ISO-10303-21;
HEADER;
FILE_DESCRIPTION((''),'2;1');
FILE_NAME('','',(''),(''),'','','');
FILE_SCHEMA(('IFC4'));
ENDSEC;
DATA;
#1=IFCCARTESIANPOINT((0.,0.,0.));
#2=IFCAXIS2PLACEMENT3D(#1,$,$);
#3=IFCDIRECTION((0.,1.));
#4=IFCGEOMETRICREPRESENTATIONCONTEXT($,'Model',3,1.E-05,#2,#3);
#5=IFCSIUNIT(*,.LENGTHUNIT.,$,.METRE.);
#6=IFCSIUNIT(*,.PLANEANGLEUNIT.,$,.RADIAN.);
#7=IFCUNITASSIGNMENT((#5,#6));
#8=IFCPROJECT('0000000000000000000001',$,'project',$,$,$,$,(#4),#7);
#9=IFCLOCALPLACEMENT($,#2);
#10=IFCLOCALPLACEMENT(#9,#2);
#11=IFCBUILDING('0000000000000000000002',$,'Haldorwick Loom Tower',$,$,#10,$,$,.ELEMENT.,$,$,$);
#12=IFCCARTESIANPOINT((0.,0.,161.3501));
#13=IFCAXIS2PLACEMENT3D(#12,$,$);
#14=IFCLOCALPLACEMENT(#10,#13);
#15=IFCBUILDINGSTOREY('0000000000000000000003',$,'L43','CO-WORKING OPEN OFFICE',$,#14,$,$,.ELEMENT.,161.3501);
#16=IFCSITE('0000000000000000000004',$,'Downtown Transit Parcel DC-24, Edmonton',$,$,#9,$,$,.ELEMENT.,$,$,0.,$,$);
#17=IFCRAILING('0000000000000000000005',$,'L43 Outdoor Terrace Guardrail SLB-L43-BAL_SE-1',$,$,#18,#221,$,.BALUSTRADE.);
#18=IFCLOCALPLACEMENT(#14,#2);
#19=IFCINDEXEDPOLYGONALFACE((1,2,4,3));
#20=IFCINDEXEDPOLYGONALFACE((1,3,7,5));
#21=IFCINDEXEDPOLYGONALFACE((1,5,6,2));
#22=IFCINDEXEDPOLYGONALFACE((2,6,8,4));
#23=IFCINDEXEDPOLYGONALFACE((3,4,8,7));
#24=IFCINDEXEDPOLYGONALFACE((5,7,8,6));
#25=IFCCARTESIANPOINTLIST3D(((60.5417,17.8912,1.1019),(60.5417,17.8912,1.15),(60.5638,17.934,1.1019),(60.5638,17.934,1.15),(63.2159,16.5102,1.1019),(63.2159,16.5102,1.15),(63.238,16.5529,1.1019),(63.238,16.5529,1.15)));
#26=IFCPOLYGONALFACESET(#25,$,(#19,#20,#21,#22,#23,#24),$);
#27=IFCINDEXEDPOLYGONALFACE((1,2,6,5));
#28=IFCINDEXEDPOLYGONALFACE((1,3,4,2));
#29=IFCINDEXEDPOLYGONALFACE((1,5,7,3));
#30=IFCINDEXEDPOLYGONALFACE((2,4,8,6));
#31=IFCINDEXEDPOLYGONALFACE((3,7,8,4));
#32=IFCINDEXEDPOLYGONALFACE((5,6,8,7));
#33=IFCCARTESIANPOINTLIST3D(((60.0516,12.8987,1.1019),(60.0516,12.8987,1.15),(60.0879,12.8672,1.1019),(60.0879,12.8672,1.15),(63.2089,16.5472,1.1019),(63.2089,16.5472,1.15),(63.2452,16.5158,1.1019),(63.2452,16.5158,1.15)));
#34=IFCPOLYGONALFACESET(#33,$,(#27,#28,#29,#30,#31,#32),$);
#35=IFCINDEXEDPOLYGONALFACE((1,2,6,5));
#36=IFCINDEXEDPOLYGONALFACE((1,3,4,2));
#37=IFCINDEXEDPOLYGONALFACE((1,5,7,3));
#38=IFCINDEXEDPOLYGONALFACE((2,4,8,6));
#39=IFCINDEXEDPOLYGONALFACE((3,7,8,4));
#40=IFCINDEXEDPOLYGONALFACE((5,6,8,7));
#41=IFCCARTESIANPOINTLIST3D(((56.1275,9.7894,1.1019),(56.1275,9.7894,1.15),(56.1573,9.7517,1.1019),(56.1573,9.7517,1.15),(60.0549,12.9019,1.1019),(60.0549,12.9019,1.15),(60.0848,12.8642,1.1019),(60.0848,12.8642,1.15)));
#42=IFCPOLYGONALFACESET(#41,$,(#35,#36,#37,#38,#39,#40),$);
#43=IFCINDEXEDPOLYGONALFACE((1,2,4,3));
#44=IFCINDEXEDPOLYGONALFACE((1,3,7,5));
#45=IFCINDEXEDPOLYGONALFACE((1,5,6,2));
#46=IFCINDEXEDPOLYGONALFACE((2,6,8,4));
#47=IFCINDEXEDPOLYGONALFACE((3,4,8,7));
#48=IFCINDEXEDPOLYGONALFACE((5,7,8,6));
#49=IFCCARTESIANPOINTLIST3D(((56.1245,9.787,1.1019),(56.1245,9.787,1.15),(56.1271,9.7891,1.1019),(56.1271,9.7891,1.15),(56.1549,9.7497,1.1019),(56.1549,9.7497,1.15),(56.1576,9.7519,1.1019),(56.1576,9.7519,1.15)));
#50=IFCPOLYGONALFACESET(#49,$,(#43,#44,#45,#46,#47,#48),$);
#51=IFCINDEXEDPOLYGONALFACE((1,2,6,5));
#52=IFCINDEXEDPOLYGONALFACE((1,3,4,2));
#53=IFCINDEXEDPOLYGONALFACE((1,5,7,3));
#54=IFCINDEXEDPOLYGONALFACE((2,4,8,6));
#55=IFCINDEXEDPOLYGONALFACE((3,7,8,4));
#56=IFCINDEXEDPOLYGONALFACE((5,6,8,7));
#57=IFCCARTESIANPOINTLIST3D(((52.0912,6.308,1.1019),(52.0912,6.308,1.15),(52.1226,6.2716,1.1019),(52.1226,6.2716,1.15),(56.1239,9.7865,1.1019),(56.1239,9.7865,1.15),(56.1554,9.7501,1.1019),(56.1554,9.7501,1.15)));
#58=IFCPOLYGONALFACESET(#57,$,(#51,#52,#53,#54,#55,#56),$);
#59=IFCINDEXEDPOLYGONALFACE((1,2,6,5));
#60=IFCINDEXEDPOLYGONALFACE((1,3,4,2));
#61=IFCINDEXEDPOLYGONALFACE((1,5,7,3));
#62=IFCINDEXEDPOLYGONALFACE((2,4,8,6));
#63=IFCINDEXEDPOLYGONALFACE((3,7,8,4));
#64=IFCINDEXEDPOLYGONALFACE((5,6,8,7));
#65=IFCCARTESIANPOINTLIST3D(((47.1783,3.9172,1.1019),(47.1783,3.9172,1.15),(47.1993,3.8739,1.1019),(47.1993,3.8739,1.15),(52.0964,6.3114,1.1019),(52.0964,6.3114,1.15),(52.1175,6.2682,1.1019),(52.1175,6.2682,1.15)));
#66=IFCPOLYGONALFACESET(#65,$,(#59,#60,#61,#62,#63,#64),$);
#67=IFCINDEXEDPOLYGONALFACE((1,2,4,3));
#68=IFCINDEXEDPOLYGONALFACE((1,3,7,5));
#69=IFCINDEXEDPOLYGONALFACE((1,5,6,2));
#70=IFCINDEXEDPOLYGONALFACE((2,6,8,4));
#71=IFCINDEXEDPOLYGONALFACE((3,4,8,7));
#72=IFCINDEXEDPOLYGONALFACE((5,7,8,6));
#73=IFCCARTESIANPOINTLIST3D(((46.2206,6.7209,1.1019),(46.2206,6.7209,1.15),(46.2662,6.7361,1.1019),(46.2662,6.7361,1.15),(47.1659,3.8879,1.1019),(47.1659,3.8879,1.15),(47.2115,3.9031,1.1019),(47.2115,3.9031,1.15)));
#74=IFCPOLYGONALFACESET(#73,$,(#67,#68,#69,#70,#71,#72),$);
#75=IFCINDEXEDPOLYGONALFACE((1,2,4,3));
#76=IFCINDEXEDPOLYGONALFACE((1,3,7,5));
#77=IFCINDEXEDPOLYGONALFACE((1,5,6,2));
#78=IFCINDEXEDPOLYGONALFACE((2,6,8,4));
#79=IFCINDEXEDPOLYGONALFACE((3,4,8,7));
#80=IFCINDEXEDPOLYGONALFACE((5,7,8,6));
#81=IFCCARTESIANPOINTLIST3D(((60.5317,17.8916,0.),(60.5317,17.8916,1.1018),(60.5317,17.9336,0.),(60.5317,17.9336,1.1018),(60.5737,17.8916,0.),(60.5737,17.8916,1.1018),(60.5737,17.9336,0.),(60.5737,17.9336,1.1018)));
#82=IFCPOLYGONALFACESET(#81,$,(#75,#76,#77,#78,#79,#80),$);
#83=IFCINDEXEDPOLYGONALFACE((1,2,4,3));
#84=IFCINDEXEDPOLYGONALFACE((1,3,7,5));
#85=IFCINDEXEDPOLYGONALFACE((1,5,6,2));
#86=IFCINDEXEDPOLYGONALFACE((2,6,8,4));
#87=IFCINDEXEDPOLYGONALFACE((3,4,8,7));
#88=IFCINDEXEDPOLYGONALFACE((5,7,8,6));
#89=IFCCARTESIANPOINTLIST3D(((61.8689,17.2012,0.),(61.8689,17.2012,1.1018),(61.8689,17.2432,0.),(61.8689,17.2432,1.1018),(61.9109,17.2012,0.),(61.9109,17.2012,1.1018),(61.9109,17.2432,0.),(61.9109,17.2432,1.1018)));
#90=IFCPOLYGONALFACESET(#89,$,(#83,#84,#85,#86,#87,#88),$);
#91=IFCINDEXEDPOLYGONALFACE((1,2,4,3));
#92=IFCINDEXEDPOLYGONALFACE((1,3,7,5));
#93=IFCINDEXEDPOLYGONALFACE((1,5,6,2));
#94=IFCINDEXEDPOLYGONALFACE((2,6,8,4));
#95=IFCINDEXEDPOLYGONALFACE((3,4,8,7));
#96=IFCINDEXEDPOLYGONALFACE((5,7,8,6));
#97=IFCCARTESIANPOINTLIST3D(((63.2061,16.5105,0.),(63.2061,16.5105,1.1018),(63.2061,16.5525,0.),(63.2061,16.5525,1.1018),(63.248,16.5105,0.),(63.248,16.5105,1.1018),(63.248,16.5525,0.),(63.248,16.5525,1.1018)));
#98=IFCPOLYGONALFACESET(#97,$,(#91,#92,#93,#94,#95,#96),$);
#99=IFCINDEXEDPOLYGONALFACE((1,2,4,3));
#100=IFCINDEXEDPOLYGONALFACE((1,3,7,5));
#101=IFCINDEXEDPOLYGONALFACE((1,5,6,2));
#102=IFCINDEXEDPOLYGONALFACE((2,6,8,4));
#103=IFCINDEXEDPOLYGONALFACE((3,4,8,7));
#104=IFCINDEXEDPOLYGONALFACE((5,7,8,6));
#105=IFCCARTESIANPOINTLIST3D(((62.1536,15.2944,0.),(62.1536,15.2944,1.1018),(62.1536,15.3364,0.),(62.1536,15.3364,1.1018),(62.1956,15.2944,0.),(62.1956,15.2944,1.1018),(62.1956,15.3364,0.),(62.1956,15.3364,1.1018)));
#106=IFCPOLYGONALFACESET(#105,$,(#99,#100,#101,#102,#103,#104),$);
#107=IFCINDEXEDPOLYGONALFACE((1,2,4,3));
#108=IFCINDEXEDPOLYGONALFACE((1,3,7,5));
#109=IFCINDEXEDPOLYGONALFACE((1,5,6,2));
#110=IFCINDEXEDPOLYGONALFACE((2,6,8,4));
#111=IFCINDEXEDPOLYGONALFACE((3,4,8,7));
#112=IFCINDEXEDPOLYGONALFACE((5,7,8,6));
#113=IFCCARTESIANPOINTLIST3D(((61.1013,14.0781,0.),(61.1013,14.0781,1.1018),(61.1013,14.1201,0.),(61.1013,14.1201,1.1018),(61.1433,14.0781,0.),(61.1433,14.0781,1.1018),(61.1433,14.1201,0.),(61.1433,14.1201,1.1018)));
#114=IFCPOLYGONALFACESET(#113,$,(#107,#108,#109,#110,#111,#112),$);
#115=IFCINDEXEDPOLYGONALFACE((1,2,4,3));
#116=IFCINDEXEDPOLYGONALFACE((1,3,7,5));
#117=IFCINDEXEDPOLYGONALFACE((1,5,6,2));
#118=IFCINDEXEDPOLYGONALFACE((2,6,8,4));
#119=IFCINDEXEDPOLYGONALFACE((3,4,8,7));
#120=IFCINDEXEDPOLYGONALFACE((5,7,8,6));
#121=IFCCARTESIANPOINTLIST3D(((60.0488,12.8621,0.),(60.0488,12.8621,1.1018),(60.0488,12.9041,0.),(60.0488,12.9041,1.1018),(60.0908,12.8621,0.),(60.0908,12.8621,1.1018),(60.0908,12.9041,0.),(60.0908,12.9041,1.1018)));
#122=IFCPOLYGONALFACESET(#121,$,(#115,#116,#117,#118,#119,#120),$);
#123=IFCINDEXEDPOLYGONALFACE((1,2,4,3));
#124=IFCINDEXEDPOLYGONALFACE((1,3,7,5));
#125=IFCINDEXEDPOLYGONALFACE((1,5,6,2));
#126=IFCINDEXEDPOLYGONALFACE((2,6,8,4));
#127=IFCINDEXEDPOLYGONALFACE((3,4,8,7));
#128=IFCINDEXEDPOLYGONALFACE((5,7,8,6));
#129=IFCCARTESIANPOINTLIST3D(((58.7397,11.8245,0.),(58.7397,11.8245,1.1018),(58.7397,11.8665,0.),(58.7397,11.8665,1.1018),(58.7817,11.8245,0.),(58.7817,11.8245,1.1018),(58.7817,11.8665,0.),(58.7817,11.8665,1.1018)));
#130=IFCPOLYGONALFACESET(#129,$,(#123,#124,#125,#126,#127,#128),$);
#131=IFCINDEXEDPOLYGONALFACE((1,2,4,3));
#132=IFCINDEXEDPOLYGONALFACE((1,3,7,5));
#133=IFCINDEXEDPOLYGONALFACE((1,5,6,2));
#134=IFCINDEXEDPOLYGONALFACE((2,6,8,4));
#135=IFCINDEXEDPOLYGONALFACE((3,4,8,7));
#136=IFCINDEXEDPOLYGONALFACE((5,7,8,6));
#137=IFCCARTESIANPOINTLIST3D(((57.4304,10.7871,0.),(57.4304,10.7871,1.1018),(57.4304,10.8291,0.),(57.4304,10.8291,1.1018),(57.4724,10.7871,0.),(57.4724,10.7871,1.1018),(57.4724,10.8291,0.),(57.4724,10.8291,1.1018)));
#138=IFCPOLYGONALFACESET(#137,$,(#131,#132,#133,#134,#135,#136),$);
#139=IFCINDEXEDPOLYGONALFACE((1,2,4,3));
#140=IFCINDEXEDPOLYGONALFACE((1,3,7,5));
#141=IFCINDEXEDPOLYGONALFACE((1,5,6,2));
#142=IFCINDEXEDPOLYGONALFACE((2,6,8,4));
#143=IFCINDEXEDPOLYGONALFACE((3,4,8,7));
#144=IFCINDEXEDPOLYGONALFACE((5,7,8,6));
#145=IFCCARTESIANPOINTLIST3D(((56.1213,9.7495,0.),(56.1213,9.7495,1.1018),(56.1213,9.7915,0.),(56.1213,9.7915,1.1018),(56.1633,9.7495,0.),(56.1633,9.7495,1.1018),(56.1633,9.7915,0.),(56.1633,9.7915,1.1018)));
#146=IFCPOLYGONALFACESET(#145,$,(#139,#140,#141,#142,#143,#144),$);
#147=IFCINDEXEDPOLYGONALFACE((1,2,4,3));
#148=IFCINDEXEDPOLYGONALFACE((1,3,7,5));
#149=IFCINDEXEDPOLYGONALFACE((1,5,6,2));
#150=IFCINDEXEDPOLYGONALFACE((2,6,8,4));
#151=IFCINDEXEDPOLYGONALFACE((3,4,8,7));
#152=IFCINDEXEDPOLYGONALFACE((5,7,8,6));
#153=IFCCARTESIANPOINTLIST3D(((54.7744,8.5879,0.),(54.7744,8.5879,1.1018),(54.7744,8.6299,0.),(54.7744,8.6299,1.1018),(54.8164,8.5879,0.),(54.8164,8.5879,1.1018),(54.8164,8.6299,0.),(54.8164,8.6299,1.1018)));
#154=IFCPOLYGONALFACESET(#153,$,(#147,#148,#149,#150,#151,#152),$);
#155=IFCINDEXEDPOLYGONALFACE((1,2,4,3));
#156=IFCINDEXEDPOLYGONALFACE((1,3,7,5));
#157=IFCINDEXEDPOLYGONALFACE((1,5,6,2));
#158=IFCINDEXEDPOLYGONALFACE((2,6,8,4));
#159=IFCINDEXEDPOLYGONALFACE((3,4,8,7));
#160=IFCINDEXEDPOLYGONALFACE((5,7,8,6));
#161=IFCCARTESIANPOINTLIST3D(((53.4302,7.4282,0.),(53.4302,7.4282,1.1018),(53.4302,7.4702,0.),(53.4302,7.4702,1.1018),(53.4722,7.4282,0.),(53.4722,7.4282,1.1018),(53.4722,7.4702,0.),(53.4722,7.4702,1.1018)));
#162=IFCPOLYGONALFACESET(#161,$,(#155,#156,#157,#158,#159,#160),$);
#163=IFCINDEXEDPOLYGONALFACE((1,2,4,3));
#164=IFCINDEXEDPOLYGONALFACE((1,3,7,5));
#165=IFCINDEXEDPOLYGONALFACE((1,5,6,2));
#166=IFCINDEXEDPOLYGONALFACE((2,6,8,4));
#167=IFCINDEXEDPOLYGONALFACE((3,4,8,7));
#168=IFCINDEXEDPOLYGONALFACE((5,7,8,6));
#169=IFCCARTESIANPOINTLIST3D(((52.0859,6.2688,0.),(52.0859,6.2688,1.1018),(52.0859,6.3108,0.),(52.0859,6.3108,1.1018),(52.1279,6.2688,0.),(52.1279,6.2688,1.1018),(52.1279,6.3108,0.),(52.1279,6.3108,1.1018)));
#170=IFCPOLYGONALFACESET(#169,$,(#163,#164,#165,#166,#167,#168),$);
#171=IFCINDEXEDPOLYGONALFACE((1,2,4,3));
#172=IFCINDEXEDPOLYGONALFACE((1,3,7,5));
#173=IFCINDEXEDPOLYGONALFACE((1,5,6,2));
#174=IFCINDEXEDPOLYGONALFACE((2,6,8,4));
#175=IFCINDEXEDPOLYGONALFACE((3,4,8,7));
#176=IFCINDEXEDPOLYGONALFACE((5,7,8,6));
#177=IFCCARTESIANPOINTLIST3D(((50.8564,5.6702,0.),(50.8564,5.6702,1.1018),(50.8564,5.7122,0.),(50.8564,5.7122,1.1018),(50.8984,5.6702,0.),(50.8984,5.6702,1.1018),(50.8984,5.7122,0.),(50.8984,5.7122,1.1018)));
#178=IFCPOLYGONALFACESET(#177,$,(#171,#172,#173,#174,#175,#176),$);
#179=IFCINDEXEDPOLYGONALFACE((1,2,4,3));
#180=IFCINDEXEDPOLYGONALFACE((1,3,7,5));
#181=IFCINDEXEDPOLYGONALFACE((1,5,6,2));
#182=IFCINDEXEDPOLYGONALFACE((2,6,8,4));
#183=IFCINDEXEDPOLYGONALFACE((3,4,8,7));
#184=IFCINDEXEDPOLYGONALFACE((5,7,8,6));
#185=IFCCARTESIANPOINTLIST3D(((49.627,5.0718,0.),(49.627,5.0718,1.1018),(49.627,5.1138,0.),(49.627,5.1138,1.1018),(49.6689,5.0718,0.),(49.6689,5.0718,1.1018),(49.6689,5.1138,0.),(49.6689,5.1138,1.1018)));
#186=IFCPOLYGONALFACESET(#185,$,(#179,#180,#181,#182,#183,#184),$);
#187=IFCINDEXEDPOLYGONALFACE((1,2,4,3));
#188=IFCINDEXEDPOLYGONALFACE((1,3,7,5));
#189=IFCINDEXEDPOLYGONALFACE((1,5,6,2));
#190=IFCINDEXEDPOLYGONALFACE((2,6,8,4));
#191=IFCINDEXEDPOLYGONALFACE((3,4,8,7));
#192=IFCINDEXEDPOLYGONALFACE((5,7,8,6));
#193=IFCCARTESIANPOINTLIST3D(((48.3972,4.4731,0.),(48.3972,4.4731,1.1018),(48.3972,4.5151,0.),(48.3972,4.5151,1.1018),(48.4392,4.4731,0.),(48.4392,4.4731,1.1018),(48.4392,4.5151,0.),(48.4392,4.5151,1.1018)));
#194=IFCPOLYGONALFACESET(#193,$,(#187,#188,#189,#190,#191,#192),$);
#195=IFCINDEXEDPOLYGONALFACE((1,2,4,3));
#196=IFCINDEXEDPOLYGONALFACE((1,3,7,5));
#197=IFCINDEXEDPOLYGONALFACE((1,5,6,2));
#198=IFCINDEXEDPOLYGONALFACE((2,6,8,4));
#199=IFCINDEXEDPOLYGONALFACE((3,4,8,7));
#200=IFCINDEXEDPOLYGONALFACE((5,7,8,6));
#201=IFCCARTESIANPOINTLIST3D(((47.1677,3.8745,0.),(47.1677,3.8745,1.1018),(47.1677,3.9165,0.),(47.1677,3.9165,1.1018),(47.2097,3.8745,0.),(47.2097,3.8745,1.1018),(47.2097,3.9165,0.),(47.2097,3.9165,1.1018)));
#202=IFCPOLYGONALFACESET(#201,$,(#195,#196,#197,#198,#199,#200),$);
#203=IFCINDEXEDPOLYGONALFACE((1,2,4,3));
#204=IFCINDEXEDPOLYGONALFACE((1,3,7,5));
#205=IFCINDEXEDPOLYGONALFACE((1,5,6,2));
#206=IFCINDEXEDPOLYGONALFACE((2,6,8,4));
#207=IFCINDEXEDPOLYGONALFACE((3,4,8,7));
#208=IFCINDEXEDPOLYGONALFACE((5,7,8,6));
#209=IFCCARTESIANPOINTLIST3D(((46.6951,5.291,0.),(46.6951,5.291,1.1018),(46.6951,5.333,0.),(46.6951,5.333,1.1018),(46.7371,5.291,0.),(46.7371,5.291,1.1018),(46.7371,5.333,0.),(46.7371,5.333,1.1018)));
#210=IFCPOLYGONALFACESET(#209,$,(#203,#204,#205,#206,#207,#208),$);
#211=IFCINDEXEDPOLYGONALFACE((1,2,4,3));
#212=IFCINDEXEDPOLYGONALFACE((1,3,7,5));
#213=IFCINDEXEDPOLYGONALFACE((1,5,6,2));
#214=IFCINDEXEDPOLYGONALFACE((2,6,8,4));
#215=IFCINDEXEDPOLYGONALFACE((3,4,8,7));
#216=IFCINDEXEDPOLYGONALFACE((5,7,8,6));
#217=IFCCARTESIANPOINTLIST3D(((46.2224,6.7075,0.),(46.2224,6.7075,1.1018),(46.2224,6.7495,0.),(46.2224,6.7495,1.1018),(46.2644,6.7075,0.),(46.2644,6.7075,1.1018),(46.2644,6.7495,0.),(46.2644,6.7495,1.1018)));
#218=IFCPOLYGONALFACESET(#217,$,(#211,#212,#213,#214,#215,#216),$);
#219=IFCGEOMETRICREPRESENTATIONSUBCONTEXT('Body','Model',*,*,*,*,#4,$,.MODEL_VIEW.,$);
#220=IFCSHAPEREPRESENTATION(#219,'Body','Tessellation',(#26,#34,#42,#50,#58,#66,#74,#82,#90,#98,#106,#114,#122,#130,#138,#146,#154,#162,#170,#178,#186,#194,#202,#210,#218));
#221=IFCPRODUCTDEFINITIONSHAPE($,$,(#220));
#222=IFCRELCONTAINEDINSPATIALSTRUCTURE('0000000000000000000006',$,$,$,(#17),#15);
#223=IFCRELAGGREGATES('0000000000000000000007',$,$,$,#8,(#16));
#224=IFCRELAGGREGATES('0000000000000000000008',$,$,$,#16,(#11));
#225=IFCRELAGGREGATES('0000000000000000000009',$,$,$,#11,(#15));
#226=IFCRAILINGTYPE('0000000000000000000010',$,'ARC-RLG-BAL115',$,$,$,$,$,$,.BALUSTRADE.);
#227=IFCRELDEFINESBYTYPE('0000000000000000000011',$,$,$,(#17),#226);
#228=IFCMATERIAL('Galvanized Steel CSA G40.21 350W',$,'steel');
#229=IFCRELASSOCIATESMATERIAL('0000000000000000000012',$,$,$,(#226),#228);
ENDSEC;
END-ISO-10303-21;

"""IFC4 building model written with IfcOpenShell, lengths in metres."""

from ifc_helpers import new_model, si_unit, direction, frame, origin, origin_2d, place, context, subcontext, project, spatial, rectangle, extrude, material, type_object, element, save


model = new_model("IFC4")

# Units and contexts
model_context = context("Model", 3, precision=1e-05, world=origin(), true_north=direction((0.0, 1.0)))
body_context = subcontext(model_context, "Body", "Model", "MODEL_VIEW")
ifc_project = project(units=[si_unit("LENGTHUNIT", "METRE"), si_unit("PLANEANGLEUNIT", "RADIAN")], contexts=[model_context])

# Site, building, storey
site_placement = place(None, origin())
site = spatial("IfcSite", under=ifc_project, at=site_placement, Name="Downtown Transit Parcel DC-24, Edmonton", CompositionType="ELEMENT", RefElevation=0.0)
building_placement = place(site_placement, origin())
building = spatial("IfcBuilding", under=site, at=building_placement, Name="Haldorwick Loom Tower", CompositionType="ELEMENT")
storey_placement = place(building_placement, frame((0.0, 0.0, 161.3501)))
storey = spatial("IfcBuildingStorey", under=building, at=storey_placement, Name="L43", Description="CO-WORKING OPEN OFFICE", CompositionType="ELEMENT", Elevation=161.3501)

# Railing
ifc_material_1 = material(Name="Galvanized Steel CSA G40.21 350W", Category="steel")
railing_type = type_object("IfcRailingType", Name="ARC-RLG-BAL115", PredefinedType="BALUSTRADE", material=ifc_material_1)
railing_placement = place(storey_placement, frame((60.5527, 17.9126, 0.0)))
element("IfcRailing", 1, at=railing_placement, inside=storey, type_object=railing_type, Name="L43 Outdoor Terrace Guardrail SLB-L43-BAL_SE-1", PredefinedType="BALUSTRADE", context=body_context, shape_type="SweptSolid", body=[
    extrude(rectangle(XDim=0.0481, YDim=0.0481, at=origin_2d()), frame((0.0, 0.0, 1.126), z_axis=(0.888511, -0.458856, 0.0), x_axis=(0.458856, 0.888511, 0.0)), (0.0, 0.0, 1.0), 3.0098),
    extrude(rectangle(XDim=0.0481, YDim=0.0481, at=origin_2d()), frame((2.6743, -1.3811, 1.126), z_axis=(-0.654368, -0.756176, 0.0), x_axis=(0.756176, -0.654368, 0.0)), (0.0, 0.0, 1.0), 4.825),
    extrude(rectangle(XDim=0.0481, YDim=0.0481, at=origin_2d()), frame((-0.4829, -5.0295, 1.126), z_axis=(-0.783727, -0.621106, 0.0), x_axis=(0.621106, -0.783727, 0.0)), (0.0, 0.0, 1.0), 5.0112),
    extrude(rectangle(XDim=0.0481, YDim=0.0481, at=origin_2d()), frame((-4.4104, -8.1421, 1.126), z_axis=(-0.773957, -0.633238, 0.0), x_axis=(0.633238, -0.773957, 0.0)), (0.0, 0.0, 1.0), 0.0034),
    extrude(rectangle(XDim=0.0481, YDim=0.0481, at=origin_2d()), frame((-4.4131, -8.1443, 1.126), z_axis=(-0.757221, -0.653159, 0.0), x_axis=(0.653159, -0.757221, 0.0)), (0.0, 0.0, 1.0), 5.3257),
    extrude(rectangle(XDim=0.0481, YDim=0.0481, at=origin_2d()), frame((-8.4458, -11.6228, 1.126), z_axis=(-0.899117, -0.437709, 0.0), x_axis=(0.437709, -0.899117, 0.0)), (0.0, 0.0, 1.0), 5.47),
    extrude(rectangle(XDim=0.0481, YDim=0.0481, at=origin_2d()), frame((-13.364, -14.0171, 1.126), z_axis=(-0.316522, 0.948585, 0.0), x_axis=(-0.948585, -0.316522, 0.0)), (0.0, 0.0, 1.0), 2.9866),
    extrude(rectangle(XDim=0.042, YDim=0.042, at=origin_2d()), origin(), (0.0, 0.0, 1.0), 1.1018),
    extrude(rectangle(XDim=0.042, YDim=0.042, at=origin_2d()), frame((1.3372, -0.6904, 0.0)), (0.0, 0.0, 1.0), 1.1018),
    extrude(rectangle(XDim=0.042, YDim=0.042, at=origin_2d()), frame((2.6743, -1.3811, 0.0)), (0.0, 0.0, 1.0), 1.1018),
    extrude(rectangle(XDim=0.042, YDim=0.042, at=origin_2d()), frame((1.6218, -2.5972, 0.0)), (0.0, 0.0, 1.0), 1.1018),
    extrude(rectangle(XDim=0.042, YDim=0.042, at=origin_2d()), frame((0.5696, -3.8135, 0.0)), (0.0, 0.0, 1.0), 1.1018),
    extrude(rectangle(XDim=0.042, YDim=0.042, at=origin_2d()), frame((-0.4829, -5.0295, 0.0)), (0.0, 0.0, 1.0), 1.1018),
    extrude(rectangle(XDim=0.042, YDim=0.042, at=origin_2d()), frame((-1.792, -6.0671, 0.0)), (0.0, 0.0, 1.0), 1.1018),
    extrude(rectangle(XDim=0.042, YDim=0.042, at=origin_2d()), frame((-3.1013, -7.1045, 0.0)), (0.0, 0.0, 1.0), 1.1018),
    extrude(rectangle(XDim=0.042, YDim=0.042, at=origin_2d()), frame((-4.4104, -8.1421, 0.0)), (0.0, 0.0, 1.0), 1.1018),
    extrude(rectangle(XDim=0.042, YDim=0.042, at=origin_2d()), frame((-5.7573, -9.3037, 0.0)), (0.0, 0.0, 1.0), 1.1018),
    extrude(rectangle(XDim=0.042, YDim=0.042, at=origin_2d()), frame((-7.1016, -10.4634, 0.0)), (0.0, 0.0, 1.0), 1.1018),
    extrude(rectangle(XDim=0.042, YDim=0.042, at=origin_2d()), frame((-8.4458, -11.6228, 0.0)), (0.0, 0.0, 1.0), 1.1018),
    extrude(rectangle(XDim=0.042, YDim=0.042, at=origin_2d()), frame((-9.6753, -12.2214, 0.0)), (0.0, 0.0, 1.0), 1.1018),
    extrude(rectangle(XDim=0.042, YDim=0.042, at=origin_2d()), frame((-10.9048, -12.8198, 0.0)), (0.0, 0.0, 1.0), 1.1018),
    extrude(rectangle(XDim=0.042, YDim=0.042, at=origin_2d()), frame((-12.1345, -13.4185, 0.0)), (0.0, 0.0, 1.0), 1.1018),
    extrude(rectangle(XDim=0.042, YDim=0.042, at=origin_2d()), frame((-13.364, -14.0171, 0.0)), (0.0, 0.0, 1.0), 1.1018),
    extrude(rectangle(XDim=0.042, YDim=0.042, at=origin_2d()), frame((-13.8367, -12.6006, 0.0)), (0.0, 0.0, 1.0), 1.1018),
    extrude(rectangle(XDim=0.042, YDim=0.042, at=origin_2d()), frame((-14.3093, -11.1841, 0.0)), (0.0, 0.0, 1.0), 1.1018),
])

save(model, "model.ifc")
